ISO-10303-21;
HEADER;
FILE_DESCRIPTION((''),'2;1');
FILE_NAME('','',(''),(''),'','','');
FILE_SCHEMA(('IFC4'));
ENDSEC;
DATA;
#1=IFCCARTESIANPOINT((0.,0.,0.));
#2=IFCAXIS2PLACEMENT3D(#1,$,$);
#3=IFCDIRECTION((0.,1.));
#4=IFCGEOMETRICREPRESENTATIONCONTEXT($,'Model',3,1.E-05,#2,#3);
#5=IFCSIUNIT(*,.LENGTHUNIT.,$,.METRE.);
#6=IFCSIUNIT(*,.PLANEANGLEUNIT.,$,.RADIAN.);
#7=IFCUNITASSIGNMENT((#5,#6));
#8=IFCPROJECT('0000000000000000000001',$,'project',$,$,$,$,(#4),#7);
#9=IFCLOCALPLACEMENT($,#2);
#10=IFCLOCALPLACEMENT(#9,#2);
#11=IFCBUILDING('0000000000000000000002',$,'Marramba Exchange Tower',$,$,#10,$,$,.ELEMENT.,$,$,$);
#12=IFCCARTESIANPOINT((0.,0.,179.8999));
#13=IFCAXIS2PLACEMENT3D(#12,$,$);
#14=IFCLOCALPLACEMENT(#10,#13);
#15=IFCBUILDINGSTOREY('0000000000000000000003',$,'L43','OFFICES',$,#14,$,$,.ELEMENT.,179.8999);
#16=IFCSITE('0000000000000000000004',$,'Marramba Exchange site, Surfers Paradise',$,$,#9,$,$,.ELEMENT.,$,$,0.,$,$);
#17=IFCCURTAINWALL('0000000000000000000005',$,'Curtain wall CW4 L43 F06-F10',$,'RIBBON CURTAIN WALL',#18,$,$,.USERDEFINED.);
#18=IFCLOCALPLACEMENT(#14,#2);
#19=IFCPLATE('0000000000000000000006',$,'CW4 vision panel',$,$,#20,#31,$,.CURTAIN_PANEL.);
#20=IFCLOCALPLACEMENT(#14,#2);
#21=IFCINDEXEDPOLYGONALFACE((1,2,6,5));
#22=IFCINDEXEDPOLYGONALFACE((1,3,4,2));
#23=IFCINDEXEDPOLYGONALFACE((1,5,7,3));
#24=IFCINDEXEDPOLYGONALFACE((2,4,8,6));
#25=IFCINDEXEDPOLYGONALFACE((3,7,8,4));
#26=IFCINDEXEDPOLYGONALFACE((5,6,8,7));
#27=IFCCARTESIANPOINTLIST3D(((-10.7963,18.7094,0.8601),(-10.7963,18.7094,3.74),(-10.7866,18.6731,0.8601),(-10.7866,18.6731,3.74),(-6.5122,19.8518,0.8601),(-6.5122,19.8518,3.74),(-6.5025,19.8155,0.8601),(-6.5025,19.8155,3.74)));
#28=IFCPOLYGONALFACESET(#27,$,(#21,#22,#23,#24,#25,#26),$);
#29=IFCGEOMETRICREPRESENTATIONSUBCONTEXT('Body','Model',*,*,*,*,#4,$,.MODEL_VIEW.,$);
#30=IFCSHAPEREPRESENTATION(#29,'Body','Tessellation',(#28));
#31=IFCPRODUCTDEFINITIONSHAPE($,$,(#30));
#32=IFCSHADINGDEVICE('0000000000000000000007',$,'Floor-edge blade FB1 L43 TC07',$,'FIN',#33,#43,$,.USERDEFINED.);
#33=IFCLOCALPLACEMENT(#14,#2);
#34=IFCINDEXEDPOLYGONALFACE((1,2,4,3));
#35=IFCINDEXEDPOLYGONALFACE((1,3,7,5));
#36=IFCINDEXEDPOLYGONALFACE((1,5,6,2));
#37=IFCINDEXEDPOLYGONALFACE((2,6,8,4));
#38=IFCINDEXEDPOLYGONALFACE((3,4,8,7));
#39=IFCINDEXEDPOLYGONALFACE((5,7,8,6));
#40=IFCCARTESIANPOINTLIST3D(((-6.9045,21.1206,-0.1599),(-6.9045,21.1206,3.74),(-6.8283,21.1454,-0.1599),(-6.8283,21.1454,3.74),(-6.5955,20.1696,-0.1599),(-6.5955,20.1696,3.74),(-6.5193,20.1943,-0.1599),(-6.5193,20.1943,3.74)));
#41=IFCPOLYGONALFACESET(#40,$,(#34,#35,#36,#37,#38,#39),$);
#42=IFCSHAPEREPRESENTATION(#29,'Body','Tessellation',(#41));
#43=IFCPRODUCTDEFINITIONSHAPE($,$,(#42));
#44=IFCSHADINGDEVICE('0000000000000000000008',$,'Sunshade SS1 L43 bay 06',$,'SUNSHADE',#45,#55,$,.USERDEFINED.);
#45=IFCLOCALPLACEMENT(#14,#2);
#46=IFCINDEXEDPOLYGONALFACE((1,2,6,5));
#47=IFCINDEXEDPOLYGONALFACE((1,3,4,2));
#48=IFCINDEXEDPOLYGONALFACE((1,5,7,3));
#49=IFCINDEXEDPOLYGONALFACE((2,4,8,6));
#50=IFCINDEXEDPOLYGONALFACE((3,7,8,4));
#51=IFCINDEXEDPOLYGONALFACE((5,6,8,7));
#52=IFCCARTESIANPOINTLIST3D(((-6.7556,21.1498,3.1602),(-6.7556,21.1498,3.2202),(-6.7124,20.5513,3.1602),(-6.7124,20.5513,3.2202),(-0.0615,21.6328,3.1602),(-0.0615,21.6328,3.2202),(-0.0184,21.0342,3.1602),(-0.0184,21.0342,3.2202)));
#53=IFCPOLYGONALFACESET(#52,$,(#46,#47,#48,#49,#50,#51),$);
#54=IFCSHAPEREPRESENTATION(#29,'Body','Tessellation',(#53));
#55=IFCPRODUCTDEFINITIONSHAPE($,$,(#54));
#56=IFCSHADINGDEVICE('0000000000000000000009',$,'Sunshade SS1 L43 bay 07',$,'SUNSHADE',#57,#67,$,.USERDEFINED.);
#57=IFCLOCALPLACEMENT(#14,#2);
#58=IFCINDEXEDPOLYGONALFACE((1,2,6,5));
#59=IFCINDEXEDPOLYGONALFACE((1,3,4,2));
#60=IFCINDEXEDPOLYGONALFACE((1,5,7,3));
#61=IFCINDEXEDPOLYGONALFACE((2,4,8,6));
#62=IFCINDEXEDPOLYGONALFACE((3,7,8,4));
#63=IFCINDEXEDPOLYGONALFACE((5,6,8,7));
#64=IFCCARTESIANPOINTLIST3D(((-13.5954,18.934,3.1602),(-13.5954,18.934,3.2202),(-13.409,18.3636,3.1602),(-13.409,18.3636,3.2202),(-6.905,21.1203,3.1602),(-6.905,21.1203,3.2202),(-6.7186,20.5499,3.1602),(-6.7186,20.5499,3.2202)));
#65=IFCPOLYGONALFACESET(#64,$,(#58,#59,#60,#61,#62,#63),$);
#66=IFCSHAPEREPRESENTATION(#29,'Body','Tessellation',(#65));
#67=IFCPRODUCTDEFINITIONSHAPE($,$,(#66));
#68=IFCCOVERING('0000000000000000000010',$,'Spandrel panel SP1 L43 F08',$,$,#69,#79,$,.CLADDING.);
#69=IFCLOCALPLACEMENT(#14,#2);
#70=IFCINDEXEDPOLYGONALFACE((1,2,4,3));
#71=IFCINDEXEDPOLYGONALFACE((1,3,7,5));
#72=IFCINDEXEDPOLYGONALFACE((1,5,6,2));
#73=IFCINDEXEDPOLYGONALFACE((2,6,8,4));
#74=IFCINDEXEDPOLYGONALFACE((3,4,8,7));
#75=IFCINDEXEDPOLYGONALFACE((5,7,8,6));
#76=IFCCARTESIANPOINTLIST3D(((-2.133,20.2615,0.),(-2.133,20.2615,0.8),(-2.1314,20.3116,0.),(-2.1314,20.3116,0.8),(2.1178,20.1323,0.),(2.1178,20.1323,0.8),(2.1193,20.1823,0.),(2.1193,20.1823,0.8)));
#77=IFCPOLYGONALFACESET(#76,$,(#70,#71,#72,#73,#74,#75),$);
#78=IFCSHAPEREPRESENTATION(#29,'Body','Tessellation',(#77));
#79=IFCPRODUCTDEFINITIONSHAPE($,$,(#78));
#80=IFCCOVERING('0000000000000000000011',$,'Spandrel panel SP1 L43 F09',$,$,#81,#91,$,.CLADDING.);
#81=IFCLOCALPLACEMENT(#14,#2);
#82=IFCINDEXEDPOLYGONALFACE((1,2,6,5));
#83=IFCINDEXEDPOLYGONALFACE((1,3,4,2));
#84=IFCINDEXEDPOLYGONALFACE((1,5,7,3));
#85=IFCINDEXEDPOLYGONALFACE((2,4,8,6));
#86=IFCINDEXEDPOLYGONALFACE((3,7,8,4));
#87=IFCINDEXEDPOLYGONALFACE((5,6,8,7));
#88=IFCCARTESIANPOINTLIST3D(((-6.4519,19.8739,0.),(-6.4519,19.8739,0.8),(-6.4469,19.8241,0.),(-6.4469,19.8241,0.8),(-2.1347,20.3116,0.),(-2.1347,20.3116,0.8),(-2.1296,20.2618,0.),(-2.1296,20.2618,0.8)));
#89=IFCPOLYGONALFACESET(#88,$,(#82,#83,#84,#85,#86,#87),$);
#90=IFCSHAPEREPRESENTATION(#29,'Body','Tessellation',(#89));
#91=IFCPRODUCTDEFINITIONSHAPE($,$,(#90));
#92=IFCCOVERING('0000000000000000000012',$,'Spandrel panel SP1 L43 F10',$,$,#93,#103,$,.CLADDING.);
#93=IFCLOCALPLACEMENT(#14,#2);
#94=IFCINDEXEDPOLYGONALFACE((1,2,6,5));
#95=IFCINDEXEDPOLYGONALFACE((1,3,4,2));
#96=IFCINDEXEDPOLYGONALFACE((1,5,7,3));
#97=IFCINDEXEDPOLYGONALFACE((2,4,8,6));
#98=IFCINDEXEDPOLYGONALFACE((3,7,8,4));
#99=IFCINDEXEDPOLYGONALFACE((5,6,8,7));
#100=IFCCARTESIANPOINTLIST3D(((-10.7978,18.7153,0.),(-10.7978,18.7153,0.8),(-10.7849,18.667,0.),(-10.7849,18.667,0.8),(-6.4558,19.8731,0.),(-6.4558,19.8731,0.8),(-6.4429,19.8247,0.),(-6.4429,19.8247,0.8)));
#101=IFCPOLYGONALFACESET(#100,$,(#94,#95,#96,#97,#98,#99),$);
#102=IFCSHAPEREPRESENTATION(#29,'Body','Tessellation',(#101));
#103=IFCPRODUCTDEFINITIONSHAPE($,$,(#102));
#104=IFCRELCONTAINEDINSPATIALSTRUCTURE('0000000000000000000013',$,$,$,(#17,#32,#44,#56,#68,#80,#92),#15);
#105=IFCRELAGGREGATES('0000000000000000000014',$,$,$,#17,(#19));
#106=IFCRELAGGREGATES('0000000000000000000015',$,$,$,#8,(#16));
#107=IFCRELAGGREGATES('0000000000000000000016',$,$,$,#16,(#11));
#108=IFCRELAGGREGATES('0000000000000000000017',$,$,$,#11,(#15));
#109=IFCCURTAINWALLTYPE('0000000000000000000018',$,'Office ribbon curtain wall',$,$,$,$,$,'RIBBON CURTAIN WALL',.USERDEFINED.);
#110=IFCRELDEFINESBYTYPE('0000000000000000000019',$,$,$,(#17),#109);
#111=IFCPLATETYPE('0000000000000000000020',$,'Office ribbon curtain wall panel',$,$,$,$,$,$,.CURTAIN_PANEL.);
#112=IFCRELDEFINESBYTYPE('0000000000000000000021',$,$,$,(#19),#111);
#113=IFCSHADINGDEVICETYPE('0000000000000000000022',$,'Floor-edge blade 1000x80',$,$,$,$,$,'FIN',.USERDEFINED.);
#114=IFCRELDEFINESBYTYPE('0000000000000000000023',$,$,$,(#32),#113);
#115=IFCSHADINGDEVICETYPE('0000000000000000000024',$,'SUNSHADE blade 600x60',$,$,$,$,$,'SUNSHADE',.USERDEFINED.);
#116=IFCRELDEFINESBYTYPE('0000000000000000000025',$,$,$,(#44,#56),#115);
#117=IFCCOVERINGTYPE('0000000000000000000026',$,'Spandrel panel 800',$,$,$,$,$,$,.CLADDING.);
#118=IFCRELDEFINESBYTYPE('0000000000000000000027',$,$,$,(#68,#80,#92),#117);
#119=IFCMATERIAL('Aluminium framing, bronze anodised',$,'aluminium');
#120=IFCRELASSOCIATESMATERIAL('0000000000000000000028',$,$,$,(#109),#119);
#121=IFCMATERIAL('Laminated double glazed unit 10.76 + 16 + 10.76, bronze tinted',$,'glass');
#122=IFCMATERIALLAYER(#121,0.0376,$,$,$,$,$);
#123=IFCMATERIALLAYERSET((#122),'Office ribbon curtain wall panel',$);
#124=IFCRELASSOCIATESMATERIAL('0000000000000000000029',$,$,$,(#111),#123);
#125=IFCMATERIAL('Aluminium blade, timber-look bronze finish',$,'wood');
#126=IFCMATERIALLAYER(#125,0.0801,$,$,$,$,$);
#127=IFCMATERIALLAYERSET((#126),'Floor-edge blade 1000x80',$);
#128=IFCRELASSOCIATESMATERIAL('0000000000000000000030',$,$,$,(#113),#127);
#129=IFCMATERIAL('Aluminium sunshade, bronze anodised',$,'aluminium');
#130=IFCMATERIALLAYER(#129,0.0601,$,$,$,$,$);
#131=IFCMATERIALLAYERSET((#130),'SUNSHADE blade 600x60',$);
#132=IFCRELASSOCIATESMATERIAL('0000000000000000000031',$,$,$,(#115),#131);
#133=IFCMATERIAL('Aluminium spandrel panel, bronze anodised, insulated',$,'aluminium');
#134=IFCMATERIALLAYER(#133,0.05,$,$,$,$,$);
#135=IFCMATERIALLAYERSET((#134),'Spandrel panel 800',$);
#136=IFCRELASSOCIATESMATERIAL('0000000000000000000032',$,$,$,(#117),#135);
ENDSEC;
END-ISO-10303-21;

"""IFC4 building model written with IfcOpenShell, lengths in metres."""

from ifc_helpers import new_model, si_unit, direction, frame, origin, origin_2d, place, context, subcontext, project, spatial, rectangle, extrude, material, layer, layer_set, type_object, element, aggregate, save


model = new_model("IFC4")

# Units and contexts
model_context = context("Model", 3, precision=1e-05, world=origin(), true_north=direction((0.0, 1.0)))
body_context = subcontext(model_context, "Body", "Model", "MODEL_VIEW")
ifc_project = project(units=[si_unit("LENGTHUNIT", "METRE"), si_unit("PLANEANGLEUNIT", "RADIAN")], contexts=[model_context])

# Site, building, storey
site_placement = place(None, origin())
site = spatial("IfcSite", under=ifc_project, at=site_placement, Name="Marramba Exchange site, Surfers Paradise", CompositionType="ELEMENT", RefElevation=0.0)
building_placement = place(site_placement, origin())
building = spatial("IfcBuilding", under=site, at=building_placement, Name="Marramba Exchange Tower", CompositionType="ELEMENT")
storey_placement = place(building_placement, frame((0.0, 0.0, 179.8999)))
storey = spatial("IfcBuildingStorey", under=building, at=storey_placement, Name="L43", Description="OFFICES", CompositionType="ELEMENT", Elevation=179.8999)

# Curtain wall
ifc_material_1 = material(Name="Aluminium framing, bronze anodised", Category="aluminium")
curtain_wall_type = type_object("IfcCurtainWallType", Name="Office ribbon curtain wall", ElementType="RIBBON CURTAIN WALL", PredefinedType="USERDEFINED", material=ifc_material_1)
curtain_wall_1_placement = place(storey_placement, origin())
curtain_wall_1 = element("IfcCurtainWall", 1, at=curtain_wall_1_placement, inside=storey, type_object=curtain_wall_type, Name="Curtain wall CW4 L43 F06-F10", ObjectType="RIBBON CURTAIN WALL", PredefinedType="USERDEFINED")

# Plate
ifc_material_2 = material(Name="Laminated double glazed unit 10.76 + 16 + 10.76, bronze tinted", Category="glass")
ifc_layer_1 = layer(ifc_material_2, 0.0376)
ifc_layer_set_1 = layer_set([ifc_layer_1], Name="Office ribbon curtain wall panel")
plate_type = type_object("IfcPlateType", Name="Office ribbon curtain wall panel", PredefinedType="CURTAIN_PANEL", material=ifc_layer_set_1)
plate_1_placement = place(storey_placement, frame((-8.6494, 19.2625, 0.8601), z_axis=(0.0, 0.0, 1.0), x_axis=(-0.966241, -0.257641, 0.0)))
plate_1 = element("IfcPlate", 2, at=plate_1_placement, type_object=plate_type, Name="CW4 vision panel", PredefinedType="CURTAIN_PANEL", context=body_context, shape_type="SweptSolid", body=[
    extrude(rectangle(XDim=4.4338, YDim=0.0376, at=origin_2d()), origin(), (0.0, 0.0, 1.0), 2.8799),
])
aggregate(curtain_wall_1, [plate_1])

# Shading devices
ifc_material_3 = material(Name="Aluminium blade, timber-look bronze finish", Category="wood")
ifc_layer_2 = layer(ifc_material_3, 0.0801)
ifc_layer_set_2 = layer_set([ifc_layer_2], Name="Floor-edge blade 1000x80")
shading_device_type_1 = type_object("IfcShadingDeviceType", Name="Floor-edge blade 1000x80", ElementType="FIN", PredefinedType="USERDEFINED", material=ifc_layer_set_2)
shading_device_1_placement = place(storey_placement, frame((-6.7119, 20.6575, -0.1599), z_axis=(0.0, 0.0, 1.0), x_axis=(-0.309017, 0.951057, 0.0)))
element("IfcShadingDevice", 3, at=shading_device_1_placement, inside=storey, type_object=shading_device_type_1, Name="Floor-edge blade FB1 L43 TC07", ObjectType="FIN", PredefinedType="USERDEFINED", context=body_context, shape_type="SweptSolid", body=[
    extrude(rectangle(XDim=1.0, YDim=0.0801, at=origin_2d()), origin(), (0.0, 0.0, 1.0), 3.8999),
])
ifc_material_4 = material(Name="Aluminium sunshade, bronze anodised", Category="aluminium")
ifc_layer_3 = layer(ifc_material_4, 0.0601)
ifc_layer_set_3 = layer_set([ifc_layer_3], Name="SUNSHADE blade 600x60")
shading_device_type_2 = type_object("IfcShadingDeviceType", Name="SUNSHADE blade 600x60", ElementType="SUNSHADE", PredefinedType="USERDEFINED", material=ifc_layer_set_3)
shading_device_2_placement = place(storey_placement, frame((-3.387, 21.092, 3.1602), z_axis=(0.0, 0.0, 1.0), x_axis=(-0.997408, -0.071958, 0.0)))
element("IfcShadingDevice", 4, at=shading_device_2_placement, inside=storey, type_object=shading_device_type_2, Name="Sunshade SS1 L43 bay 06", ObjectType="SUNSHADE", PredefinedType="USERDEFINED", context=body_context, shape_type="SweptSolid", body=[
    extrude(rectangle(XDim=6.7114, YDim=0.6001, at=origin_2d()), origin(), (0.0, 0.0, 1.0), 0.0601),
])
shading_device_3_placement = place(storey_placement, frame((-10.157, 19.7419, 3.1602), z_axis=(0.0, 0.0, 1.0), x_axis=(-0.950538, -0.31061, 0.0)))
element("IfcShadingDevice", 5, at=shading_device_3_placement, inside=storey, type_object=shading_device_type_2, Name="Sunshade SS1 L43 bay 07", ObjectType="SUNSHADE", PredefinedType="USERDEFINED", context=body_context, shape_type="SweptSolid", body=[
    extrude(rectangle(XDim=7.0386, YDim=0.6001, at=origin_2d()), origin(), (0.0, 0.0, 1.0), 0.0601),
])

# Coverings
ifc_material_5 = material(Name="Aluminium spandrel panel, bronze anodised, insulated", Category="aluminium")
ifc_layer_4 = layer(ifc_material_5, 0.05)
ifc_layer_set_4 = layer_set([ifc_layer_4], Name="Spandrel panel 800")
covering_type = type_object("IfcCoveringType", Name="Spandrel panel 800", PredefinedType="CLADDING", material=ifc_layer_set_4)
covering_1_placement = place(storey_placement, frame((-0.0068, 20.2219, 0.0), z_axis=(0.0, 0.0, 1.0), x_axis=(-0.999538, 0.030394, 0.0)))
element("IfcCovering", 6, at=covering_1_placement, inside=storey, type_object=covering_type, Name="Spandrel panel SP1 L43 F08", PredefinedType="CLADDING", context=body_context, shape_type="SweptSolid", body=[
    extrude(rectangle(XDim=4.2527, YDim=0.05, at=origin_2d()), origin(), (0.0, 0.0, 1.0), 0.8),
])
covering_2_placement = place(storey_placement, frame((-4.2908, 20.0679, 0.0), z_axis=(0.0, 0.0, 1.0), x_axis=(-0.9949, -0.100863, 0.0)))
element("IfcCovering", 7, at=covering_2_placement, inside=storey, type_object=covering_type, Name="Spandrel panel SP1 L43 F09", PredefinedType="CLADDING", context=body_context, shape_type="SweptSolid", body=[
    extrude(rectangle(XDim=4.3394, YDim=0.05, at=origin_2d()), origin(), (0.0, 0.0, 1.0), 0.8),
])
covering_3_placement = place(storey_placement, frame((-8.6204, 19.27, 0.0), z_axis=(0.0, 0.0, 1.0), x_axis=(-0.966241, -0.257641, 0.0)))
element("IfcCovering", 8, at=covering_3_placement, inside=storey, type_object=covering_type, Name="Spandrel panel SP1 L43 F10", PredefinedType="CLADDING", context=body_context, shape_type="SweptSolid", body=[
    extrude(rectangle(XDim=4.4937, YDim=0.05, at=origin_2d()), origin(), (0.0, 0.0, 1.0), 0.8),
])

save(model, "model.ifc")
